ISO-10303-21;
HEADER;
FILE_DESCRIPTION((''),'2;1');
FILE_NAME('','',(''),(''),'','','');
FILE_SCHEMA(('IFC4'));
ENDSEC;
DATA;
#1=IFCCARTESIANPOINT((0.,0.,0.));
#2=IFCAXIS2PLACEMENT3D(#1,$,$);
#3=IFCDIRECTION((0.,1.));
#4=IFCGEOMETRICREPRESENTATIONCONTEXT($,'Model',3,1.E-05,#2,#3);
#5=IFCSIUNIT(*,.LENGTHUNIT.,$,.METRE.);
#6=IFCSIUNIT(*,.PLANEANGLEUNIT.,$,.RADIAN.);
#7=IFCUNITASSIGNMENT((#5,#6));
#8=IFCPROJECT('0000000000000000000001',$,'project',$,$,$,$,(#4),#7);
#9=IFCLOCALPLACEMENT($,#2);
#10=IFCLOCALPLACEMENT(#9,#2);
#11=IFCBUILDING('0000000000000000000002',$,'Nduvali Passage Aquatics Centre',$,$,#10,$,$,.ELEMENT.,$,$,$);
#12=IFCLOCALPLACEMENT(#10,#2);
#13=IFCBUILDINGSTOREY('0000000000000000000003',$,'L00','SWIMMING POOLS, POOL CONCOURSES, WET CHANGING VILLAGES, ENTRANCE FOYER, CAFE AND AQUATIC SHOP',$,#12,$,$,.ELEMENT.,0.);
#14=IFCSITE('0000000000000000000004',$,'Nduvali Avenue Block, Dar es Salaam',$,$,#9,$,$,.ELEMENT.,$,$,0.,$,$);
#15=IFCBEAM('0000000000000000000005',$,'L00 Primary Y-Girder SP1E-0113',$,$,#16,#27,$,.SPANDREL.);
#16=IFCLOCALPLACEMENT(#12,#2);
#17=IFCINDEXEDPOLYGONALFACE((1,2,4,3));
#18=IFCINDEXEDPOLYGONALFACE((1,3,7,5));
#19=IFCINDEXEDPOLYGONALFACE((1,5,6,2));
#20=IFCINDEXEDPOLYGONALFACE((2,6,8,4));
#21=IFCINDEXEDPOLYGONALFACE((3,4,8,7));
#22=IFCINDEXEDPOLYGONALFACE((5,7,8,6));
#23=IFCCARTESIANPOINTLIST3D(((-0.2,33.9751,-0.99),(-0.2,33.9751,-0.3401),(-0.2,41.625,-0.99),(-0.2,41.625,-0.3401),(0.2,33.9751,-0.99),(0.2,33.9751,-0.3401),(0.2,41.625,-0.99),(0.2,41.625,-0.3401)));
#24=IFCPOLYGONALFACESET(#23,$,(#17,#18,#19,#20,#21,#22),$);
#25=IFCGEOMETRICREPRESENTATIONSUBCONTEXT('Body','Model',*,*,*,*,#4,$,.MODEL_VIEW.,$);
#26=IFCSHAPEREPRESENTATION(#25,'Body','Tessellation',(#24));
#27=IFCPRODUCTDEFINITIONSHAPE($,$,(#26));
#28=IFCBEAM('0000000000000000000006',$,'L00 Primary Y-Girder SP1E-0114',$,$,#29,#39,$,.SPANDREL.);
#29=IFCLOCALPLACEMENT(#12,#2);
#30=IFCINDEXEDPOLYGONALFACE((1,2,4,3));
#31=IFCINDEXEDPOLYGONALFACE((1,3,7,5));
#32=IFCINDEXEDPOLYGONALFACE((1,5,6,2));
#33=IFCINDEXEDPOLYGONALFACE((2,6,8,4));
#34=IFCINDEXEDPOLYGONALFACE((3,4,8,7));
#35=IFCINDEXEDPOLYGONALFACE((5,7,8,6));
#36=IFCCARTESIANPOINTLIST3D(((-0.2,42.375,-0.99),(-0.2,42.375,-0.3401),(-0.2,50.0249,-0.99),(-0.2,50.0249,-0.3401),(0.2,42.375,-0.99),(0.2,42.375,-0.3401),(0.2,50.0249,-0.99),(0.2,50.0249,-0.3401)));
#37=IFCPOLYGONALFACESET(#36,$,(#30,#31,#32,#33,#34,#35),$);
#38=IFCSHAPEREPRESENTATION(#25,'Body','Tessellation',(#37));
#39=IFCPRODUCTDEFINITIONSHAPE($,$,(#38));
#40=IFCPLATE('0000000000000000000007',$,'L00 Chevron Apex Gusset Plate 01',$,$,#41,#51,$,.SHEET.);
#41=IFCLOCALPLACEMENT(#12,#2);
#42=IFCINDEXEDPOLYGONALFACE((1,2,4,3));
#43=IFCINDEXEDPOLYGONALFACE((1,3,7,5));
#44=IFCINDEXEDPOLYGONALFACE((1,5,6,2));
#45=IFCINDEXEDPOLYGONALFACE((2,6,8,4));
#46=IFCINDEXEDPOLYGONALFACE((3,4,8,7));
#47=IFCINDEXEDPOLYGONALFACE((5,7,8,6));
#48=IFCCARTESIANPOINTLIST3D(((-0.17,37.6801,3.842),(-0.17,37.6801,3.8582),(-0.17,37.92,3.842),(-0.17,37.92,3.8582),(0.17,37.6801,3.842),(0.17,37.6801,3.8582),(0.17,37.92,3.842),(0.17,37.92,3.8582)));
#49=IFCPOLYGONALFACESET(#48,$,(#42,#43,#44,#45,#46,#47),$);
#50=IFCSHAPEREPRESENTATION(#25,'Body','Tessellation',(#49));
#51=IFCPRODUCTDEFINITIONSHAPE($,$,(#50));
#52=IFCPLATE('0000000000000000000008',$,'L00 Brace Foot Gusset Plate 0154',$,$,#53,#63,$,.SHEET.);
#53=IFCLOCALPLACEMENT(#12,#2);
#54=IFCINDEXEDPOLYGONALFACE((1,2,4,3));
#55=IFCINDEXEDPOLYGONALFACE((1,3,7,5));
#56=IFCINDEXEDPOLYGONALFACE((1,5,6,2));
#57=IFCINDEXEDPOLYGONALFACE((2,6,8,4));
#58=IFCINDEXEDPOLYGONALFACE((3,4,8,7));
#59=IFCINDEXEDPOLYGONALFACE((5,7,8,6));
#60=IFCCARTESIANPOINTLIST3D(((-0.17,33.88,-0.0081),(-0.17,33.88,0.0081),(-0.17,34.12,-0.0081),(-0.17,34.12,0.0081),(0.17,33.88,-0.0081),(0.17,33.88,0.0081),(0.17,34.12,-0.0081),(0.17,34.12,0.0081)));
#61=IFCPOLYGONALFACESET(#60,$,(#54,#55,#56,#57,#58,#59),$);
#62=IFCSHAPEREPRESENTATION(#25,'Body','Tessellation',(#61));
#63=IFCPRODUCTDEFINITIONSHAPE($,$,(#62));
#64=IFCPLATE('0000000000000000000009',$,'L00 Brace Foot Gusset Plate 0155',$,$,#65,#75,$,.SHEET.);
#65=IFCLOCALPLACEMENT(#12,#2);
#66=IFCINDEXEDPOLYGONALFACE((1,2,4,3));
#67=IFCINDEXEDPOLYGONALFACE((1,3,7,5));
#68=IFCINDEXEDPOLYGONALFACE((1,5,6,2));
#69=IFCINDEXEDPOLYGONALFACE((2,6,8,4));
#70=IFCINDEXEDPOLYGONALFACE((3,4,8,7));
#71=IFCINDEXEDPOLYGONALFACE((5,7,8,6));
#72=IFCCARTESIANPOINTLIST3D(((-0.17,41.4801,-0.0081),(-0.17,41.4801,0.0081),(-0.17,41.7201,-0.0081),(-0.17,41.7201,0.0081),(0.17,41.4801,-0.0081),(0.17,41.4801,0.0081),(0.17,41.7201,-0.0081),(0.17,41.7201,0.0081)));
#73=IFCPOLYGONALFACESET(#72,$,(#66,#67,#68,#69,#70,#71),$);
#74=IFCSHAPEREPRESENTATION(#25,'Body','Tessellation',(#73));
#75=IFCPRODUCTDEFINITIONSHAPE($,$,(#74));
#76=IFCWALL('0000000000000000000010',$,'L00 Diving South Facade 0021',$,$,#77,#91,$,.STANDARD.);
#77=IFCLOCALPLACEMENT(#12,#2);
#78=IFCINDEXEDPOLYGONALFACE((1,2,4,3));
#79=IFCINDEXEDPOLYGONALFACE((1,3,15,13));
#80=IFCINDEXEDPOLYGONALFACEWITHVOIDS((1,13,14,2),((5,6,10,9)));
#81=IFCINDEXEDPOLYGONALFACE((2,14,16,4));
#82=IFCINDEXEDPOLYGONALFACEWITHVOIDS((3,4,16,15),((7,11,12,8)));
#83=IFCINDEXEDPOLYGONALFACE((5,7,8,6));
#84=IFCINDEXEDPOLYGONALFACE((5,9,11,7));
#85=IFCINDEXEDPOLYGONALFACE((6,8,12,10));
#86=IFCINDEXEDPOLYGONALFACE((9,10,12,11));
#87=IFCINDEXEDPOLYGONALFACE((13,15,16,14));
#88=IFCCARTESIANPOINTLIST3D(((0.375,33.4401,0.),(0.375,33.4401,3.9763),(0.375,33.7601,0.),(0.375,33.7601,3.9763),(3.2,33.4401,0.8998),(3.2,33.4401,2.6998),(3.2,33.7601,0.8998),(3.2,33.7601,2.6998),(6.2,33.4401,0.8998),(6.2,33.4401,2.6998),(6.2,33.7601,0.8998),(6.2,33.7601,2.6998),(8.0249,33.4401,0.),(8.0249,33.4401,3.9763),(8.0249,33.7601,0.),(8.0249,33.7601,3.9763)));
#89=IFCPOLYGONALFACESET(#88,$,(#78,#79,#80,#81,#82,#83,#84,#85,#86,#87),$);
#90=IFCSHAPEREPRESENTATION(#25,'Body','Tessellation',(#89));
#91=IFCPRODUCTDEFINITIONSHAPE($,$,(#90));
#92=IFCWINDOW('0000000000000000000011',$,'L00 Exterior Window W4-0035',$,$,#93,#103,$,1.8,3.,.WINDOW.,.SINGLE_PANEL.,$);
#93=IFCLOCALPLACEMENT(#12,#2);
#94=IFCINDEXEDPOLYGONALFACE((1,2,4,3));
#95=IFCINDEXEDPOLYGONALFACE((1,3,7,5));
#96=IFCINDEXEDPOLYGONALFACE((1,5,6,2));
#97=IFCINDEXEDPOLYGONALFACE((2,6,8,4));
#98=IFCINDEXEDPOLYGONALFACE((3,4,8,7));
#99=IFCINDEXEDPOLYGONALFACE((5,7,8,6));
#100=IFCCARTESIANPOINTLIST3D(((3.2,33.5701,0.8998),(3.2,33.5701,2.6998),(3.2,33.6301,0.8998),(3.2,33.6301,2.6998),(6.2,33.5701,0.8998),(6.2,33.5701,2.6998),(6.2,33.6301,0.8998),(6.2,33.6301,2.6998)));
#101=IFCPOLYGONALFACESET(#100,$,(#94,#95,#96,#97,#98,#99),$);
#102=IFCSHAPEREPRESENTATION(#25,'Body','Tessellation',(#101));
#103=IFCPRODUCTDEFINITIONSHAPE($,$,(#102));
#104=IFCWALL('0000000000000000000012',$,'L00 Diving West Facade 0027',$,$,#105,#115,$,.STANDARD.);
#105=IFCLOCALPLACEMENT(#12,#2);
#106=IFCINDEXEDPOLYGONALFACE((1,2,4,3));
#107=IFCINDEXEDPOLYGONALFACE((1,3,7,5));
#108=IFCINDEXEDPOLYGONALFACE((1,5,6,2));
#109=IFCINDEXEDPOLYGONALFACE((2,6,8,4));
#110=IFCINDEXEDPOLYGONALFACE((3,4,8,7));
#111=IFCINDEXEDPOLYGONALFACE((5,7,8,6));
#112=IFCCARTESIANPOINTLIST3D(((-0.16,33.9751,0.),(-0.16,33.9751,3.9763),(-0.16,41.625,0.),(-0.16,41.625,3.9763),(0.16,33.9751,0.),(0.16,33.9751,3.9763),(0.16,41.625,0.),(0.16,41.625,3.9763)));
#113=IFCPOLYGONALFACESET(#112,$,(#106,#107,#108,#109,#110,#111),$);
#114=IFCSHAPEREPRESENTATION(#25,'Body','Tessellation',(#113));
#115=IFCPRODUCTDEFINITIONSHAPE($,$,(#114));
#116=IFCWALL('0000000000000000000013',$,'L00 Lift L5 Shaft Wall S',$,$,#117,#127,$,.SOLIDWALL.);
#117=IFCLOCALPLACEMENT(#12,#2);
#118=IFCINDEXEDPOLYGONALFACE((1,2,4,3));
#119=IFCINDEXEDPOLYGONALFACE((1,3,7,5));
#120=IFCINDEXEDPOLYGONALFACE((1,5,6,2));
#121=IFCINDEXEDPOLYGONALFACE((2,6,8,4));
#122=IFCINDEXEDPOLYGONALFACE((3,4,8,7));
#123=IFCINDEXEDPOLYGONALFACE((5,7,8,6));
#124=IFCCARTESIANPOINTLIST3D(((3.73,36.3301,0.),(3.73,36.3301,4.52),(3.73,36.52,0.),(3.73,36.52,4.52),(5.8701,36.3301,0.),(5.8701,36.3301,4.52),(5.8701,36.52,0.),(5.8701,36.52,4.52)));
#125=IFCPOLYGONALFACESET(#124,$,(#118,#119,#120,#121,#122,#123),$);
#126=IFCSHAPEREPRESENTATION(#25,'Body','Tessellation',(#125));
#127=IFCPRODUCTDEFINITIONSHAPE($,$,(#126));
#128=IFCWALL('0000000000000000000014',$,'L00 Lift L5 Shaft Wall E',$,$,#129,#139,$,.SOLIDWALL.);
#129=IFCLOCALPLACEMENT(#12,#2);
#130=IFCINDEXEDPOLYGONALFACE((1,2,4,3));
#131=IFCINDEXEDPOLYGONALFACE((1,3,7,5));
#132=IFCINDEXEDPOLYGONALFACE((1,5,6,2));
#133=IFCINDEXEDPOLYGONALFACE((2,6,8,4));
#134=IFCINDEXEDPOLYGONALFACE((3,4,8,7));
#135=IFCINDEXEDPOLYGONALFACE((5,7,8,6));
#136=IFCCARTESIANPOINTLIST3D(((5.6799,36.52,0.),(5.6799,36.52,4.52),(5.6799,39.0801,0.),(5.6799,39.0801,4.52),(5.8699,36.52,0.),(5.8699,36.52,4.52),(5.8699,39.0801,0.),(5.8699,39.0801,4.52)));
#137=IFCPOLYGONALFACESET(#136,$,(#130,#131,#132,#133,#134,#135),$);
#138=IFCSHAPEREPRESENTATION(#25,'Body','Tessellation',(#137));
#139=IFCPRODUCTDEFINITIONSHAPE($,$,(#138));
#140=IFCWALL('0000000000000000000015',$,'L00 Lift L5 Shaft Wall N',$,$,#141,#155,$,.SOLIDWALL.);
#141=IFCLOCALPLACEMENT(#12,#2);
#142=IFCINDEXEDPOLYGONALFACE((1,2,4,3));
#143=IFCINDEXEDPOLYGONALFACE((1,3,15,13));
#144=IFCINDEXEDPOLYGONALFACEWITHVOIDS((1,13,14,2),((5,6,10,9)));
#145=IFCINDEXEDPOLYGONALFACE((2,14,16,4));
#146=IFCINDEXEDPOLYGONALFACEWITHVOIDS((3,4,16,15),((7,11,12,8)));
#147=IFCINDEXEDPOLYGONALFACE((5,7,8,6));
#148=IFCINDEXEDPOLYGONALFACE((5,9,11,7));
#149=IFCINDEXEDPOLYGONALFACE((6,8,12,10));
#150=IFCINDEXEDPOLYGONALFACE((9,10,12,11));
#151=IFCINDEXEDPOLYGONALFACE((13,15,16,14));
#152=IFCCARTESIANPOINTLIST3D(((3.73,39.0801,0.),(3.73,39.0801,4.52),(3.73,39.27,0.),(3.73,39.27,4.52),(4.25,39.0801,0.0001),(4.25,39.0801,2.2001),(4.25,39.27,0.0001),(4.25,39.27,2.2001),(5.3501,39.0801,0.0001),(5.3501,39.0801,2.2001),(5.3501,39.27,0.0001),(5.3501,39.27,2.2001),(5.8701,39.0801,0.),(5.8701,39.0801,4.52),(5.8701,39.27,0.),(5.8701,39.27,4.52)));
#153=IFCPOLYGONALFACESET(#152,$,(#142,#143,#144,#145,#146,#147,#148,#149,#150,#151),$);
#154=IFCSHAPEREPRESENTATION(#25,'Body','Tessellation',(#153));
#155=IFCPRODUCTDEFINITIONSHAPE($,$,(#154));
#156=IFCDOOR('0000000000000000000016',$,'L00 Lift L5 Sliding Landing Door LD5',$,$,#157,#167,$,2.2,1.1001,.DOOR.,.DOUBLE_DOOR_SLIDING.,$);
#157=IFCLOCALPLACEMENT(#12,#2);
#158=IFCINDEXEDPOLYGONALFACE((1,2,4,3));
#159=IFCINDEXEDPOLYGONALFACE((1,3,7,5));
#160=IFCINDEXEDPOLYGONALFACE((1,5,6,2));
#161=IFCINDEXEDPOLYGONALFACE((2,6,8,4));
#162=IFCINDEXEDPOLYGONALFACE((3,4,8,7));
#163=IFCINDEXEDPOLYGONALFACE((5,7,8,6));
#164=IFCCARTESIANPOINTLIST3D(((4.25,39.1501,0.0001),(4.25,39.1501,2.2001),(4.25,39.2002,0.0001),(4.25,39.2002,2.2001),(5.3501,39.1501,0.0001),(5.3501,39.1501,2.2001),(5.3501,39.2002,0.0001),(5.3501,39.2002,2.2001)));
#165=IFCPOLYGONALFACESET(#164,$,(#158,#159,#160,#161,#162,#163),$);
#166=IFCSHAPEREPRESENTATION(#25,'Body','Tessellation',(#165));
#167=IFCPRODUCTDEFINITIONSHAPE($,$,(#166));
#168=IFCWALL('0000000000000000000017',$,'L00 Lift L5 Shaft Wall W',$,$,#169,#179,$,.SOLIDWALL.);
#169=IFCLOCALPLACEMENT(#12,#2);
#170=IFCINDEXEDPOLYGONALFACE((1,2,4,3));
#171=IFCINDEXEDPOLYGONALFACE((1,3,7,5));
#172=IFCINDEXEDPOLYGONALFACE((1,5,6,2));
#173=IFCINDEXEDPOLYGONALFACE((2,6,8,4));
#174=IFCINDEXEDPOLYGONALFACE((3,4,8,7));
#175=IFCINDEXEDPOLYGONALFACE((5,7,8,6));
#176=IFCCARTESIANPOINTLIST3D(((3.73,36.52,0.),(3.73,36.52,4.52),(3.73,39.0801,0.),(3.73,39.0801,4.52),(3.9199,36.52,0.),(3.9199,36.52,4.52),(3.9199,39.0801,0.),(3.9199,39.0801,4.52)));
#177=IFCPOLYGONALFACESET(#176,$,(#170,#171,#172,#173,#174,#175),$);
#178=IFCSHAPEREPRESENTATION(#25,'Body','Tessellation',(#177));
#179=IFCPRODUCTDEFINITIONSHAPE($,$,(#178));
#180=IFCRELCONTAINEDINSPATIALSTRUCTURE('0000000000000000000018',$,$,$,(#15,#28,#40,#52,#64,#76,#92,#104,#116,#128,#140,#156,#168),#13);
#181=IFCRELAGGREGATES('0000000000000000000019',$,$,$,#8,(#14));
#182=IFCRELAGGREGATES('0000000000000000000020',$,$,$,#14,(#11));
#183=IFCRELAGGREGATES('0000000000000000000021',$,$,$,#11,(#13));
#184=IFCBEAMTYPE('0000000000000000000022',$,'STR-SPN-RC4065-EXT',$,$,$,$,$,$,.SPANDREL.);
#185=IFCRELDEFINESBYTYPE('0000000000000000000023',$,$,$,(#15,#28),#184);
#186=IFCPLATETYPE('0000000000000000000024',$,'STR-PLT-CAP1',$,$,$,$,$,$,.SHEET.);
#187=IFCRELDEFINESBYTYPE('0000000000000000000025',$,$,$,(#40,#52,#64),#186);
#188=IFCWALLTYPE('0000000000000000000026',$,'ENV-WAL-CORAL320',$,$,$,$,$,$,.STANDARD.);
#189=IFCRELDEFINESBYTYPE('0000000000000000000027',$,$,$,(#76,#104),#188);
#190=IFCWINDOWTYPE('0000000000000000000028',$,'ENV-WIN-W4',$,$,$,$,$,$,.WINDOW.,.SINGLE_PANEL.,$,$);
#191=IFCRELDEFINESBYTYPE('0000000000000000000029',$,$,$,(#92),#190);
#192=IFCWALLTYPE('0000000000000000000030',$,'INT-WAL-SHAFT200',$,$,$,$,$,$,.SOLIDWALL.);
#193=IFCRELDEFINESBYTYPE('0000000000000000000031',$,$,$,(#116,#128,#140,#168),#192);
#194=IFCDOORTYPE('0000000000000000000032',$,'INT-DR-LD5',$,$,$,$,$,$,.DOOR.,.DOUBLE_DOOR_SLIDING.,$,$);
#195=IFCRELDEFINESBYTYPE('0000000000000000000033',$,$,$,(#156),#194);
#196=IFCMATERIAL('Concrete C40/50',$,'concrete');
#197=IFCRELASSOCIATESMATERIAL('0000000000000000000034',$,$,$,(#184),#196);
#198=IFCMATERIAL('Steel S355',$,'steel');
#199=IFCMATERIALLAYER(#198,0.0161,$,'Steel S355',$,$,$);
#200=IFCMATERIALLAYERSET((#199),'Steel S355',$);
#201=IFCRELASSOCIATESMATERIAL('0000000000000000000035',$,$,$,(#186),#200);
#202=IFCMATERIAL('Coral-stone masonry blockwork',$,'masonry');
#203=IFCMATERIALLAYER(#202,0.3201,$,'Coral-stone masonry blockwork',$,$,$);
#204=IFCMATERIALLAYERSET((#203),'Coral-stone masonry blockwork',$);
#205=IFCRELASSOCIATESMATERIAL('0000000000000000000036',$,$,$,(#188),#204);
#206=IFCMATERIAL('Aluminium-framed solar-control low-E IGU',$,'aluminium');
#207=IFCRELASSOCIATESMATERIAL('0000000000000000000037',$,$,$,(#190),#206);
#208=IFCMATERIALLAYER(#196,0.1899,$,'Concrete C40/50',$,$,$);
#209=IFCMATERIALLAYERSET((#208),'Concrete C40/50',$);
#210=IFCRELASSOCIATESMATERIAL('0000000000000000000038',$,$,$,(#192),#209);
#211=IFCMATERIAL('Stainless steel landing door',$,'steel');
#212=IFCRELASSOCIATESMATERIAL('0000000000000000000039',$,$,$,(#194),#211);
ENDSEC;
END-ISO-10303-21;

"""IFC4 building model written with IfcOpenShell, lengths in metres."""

from ifc_helpers import new_model, si_unit, direction, frame, frame_2d, origin, origin_2d, place, context, subcontext, project, spatial, rectangle, extrude, material, layer, layer_set, material_profile, profile_set, type_object, element, fill, save


model = new_model("IFC4")

# Units and contexts
model_context = context("Model", 3, precision=1e-05, world=origin(), true_north=direction((0.0, 1.0)))
body_context = subcontext(model_context, "Body", "Model", "MODEL_VIEW")
ifc_project = project(units=[si_unit("LENGTHUNIT", "METRE"), si_unit("PLANEANGLEUNIT", "RADIAN")], contexts=[model_context])

# Site, building, storey
site_placement = place(None, origin())
site = spatial("IfcSite", under=ifc_project, at=site_placement, Name="Nduvali Avenue Block, Dar es Salaam", CompositionType="ELEMENT", RefElevation=0.0)
building_placement = place(site_placement, origin())
building = spatial("IfcBuilding", under=site, at=building_placement, Name="Nduvali Passage Aquatics Centre", CompositionType="ELEMENT")
storey_placement = place(building_placement, origin())
storey = spatial("IfcBuildingStorey", under=building, at=storey_placement, Name="L00", Description="SWIMMING POOLS, POOL CONCOURSES, WET CHANGING VILLAGES, ENTRANCE FOYER, CAFE AND AQUATIC SHOP", CompositionType="ELEMENT", Elevation=0.0)

# Shared definitions
ifc_material_1 = material(Name="Concrete C40/50", Category="concrete")

# Shared definitions
ifc_material_2 = material(Name="Steel S355", Category="steel")

# Beams
ifc_material_profile_1 = material_profile(ifc_material_1, rectangle(XDim=0.3999, YDim=0.6499, at=origin_2d()), Name="RC 400x650")
ifc_profile_set_1 = profile_set([ifc_material_profile_1], Name="Concrete C40/50")
beam_type_1 = type_object("IfcBeamType", Name="STR-SPN-RC4065-EXT", PredefinedType="SPANDREL", material=ifc_profile_set_1)
for number, where, z_axis, x_axis, name in (
    (1, (0.0, 33.9751, -0.665), (0.0, 1.0, 0.0), (-1.0, 0.0, 0.0), "L00 Primary Y-Girder SP1E-0113"),
    (2, (0.0, 42.375, -0.665), (0.0, 1.0, 0.0), (-1.0, 0.0, 0.0), "L00 Primary Y-Girder SP1E-0114"),
):
    element("IfcBeam", number, at=place(storey_placement, frame(where, z_axis=z_axis, x_axis=x_axis)), inside=storey, type_object=beam_type_1, Name=name, PredefinedType="SPANDREL", context=body_context, shape_type="SweptSolid", body=[
        extrude(rectangle(XDim=0.3999, YDim=0.6499, at=origin_2d()), origin(), (0.0, 0.0, 1.0), 7.6499),
    ])

# Plates
ifc_layer_1 = layer(ifc_material_2, 0.0161, Name="Steel S355")
ifc_layer_set_1 = layer_set([ifc_layer_1], Name="Steel S355")
plate_type = type_object("IfcPlateType", Name="STR-PLT-CAP1", PredefinedType="SHEET", material=ifc_layer_set_1)
for number, where, z_axis, x_axis, name in (
    (3, (0.0, 37.8, 3.842), (0.0, 0.0, 1.0), (1.0, 0.0, 0.0), "L00 Chevron Apex Gusset Plate 01"),
    (4, (0.0, 34.0, -0.0081), (0.0, 0.0, 1.0), (1.0, 0.0, 0.0), "L00 Brace Foot Gusset Plate 0154"),
    (5, (0.0, 41.6001, -0.0081), (0.0, 0.0, 1.0), (1.0, 0.0, 0.0), "L00 Brace Foot Gusset Plate 0155"),
):
    element("IfcPlate", number, at=place(storey_placement, frame(where, z_axis=z_axis, x_axis=x_axis)), inside=storey, type_object=plate_type, Name=name, PredefinedType="SHEET", context=body_context, shape_type="SweptSolid", body=[
        extrude(rectangle(XDim=0.3401, YDim=0.24, at=origin_2d()), origin(), (0.0, 0.0, 1.0), 0.0161),
    ])

# Wall, opening, window
ifc_material_3 = material(Name="Coral-stone masonry blockwork", Category="masonry")
ifc_layer_2 = layer(ifc_material_3, 0.3201, Name="Coral-stone masonry blockwork")
ifc_layer_set_2 = layer_set([ifc_layer_2], Name="Coral-stone masonry blockwork")
wall_type_1 = type_object("IfcWallType", Name="ENV-WAL-CORAL320", PredefinedType="STANDARD", material=ifc_layer_set_2)
wall_1_placement = place(storey_placement, frame((0.375, 33.6001, 0.0), z_axis=(0.0, 0.0, 1.0), x_axis=(1.0, 0.0, 0.0)))
wall_1 = element("IfcWall", 6, at=wall_1_placement, inside=storey, type_object=wall_type_1, Name="L00 Diving South Facade 0021", PredefinedType="STANDARD", context=body_context, shape_type="SweptSolid", body=[
    extrude(rectangle(XDim=7.6499, YDim=0.3201, at=frame_2d((3.825, 0.0))), origin(), (0.0, 0.0, 1.0), 3.9763),
])
opening_1_placement = place(wall_1_placement, frame((2.825, 0.0, 0.8999)))
opening_1 = element("IfcOpeningElement", 7, at=opening_1_placement, cuts=wall_1, PredefinedType="OPENING", context=body_context, shape_type="SweptSolid", body=[
    extrude(rectangle(XDim=3.0, YDim=1.8, at=frame_2d((1.5, 0.8999))), frame((0.0, 0.1748, 0.0), z_axis=(0.0, -1.0, 0.0), x_axis=(1.0, 0.0, 0.0)), (0.0, 0.0, 1.0), 0.3499),
])
ifc_material_4 = material(Name="Aluminium-framed solar-control low-E IGU", Category="aluminium")
window_type = type_object("IfcWindowType", Name="ENV-WIN-W4", PartitioningType="SINGLE_PANEL", PredefinedType="WINDOW", material=ifc_material_4)
window_placement = place(opening_1_placement, origin())
window = element("IfcWindow", 8, at=window_placement, inside=storey, type_object=window_type, Name="L00 Exterior Window W4-0035", OverallHeight=1.8, OverallWidth=3.0, PartitioningType="SINGLE_PANEL", PredefinedType="WINDOW", context=body_context, shape_type="SweptSolid", body=[
    extrude(rectangle(XDim=3.0, YDim=1.8, at=frame_2d((1.5, 0.8999))), frame((0.0, 0.03, 0.0), z_axis=(0.0, -1.0, 0.0), x_axis=(1.0, 0.0, 0.0)), (0.0, 0.0, 1.0), 0.0601),
])
fill(opening_1, window)

# Walls
wall_2_placement = place(storey_placement, frame((0.0, 41.625, 0.0), z_axis=(0.0, 0.0, 1.0), x_axis=(0.0, -1.0, 0.0)))
element("IfcWall", 9, at=wall_2_placement, inside=storey, type_object=wall_type_1, Name="L00 Diving West Facade 0027", PredefinedType="STANDARD", context=body_context, shape_type="SweptSolid", body=[
    extrude(rectangle(XDim=7.6499, YDim=0.3201, at=frame_2d((3.825, 0.0))), origin(), (0.0, 0.0, 1.0), 3.9763),
])
ifc_layer_3 = layer(ifc_material_1, 0.1899, Name="Concrete C40/50")
ifc_layer_set_3 = layer_set([ifc_layer_3], Name="Concrete C40/50")
wall_type_2 = type_object("IfcWallType", Name="INT-WAL-SHAFT200", PredefinedType="SOLIDWALL", material=ifc_layer_set_3)
wall_3_placement = place(storey_placement, frame((3.73, 36.425, 0.0), z_axis=(0.0, 0.0, 1.0), x_axis=(1.0, 0.0, 0.0)))
element("IfcWall", 10, at=wall_3_placement, inside=storey, type_object=wall_type_2, Name="L00 Lift L5 Shaft Wall S", PredefinedType="SOLIDWALL", context=body_context, shape_type="SweptSolid", body=[
    extrude(rectangle(XDim=2.1401, YDim=0.1899, at=frame_2d((1.0701, 0.0))), origin(), (0.0, 0.0, 1.0), 4.52),
])
wall_4_placement = place(storey_placement, frame((5.7749, 36.52, 0.0), z_axis=(0.0, 0.0, 1.0), x_axis=(0.0, 1.0, 0.0)))
element("IfcWall", 11, at=wall_4_placement, inside=storey, type_object=wall_type_2, Name="L00 Lift L5 Shaft Wall E", PredefinedType="SOLIDWALL", context=body_context, shape_type="SweptSolid", body=[
    extrude(rectangle(XDim=2.5601, YDim=0.1899, at=frame_2d((1.28, 0.0))), origin(), (0.0, 0.0, 1.0), 4.52),
])

# Wall, opening, door
wall_5_placement = place(storey_placement, frame((5.8701, 39.175, 0.0), z_axis=(0.0, 0.0, 1.0), x_axis=(-1.0, 0.0, 0.0)))
wall_5 = element("IfcWall", 12, at=wall_5_placement, inside=storey, type_object=wall_type_2, Name="L00 Lift L5 Shaft Wall N", PredefinedType="SOLIDWALL", context=body_context, shape_type="SweptSolid", body=[
    extrude(rectangle(XDim=2.1401, YDim=0.1899, at=frame_2d((1.0701, 0.0))), origin(), (0.0, 0.0, 1.0), 4.52),
])
opening_2_placement = place(wall_5_placement, frame((0.52, 0.0, 0.0)))
opening_2 = element("IfcOpeningElement", 13, at=opening_2_placement, cuts=wall_5, PredefinedType="OPENING", context=body_context, shape_type="SweptSolid", body=[
    extrude(rectangle(XDim=1.1001, YDim=2.2, at=frame_2d((0.55, 1.1001))), frame((0.0, 0.1099, 0.0), z_axis=(0.0, -1.0, 0.0), x_axis=(1.0, 0.0, 0.0)), (0.0, 0.0, 1.0), 0.2197),
])
ifc_material_5 = material(Name="Stainless steel landing door", Category="steel")
door_type = type_object("IfcDoorType", Name="INT-DR-LD5", OperationType="DOUBLE_DOOR_SLIDING", PredefinedType="DOOR", material=ifc_material_5)
door_placement = place(opening_2_placement, origin())
door = element("IfcDoor", 14, at=door_placement, inside=storey, type_object=door_type, Name="L00 Lift L5 Sliding Landing Door LD5", OperationType="DOUBLE_DOOR_SLIDING", OverallHeight=2.2, OverallWidth=1.1001, PredefinedType="DOOR", context=body_context, shape_type="SweptSolid", body=[
    extrude(rectangle(XDim=1.1001, YDim=2.2, at=frame_2d((0.55, 1.1001))), frame((0.0, 0.0249, 0.0), z_axis=(0.0, -1.0, 0.0), x_axis=(1.0, 0.0, 0.0)), (0.0, 0.0, 1.0), 0.05),
])
fill(opening_2, door)

# Wall
wall_6_placement = place(storey_placement, frame((3.825, 39.0801, 0.0), z_axis=(0.0, 0.0, 1.0), x_axis=(0.0, -1.0, 0.0)))
element("IfcWall", 15, at=wall_6_placement, inside=storey, type_object=wall_type_2, Name="L00 Lift L5 Shaft Wall W", PredefinedType="SOLIDWALL", context=body_context, shape_type="SweptSolid", body=[
    extrude(rectangle(XDim=2.5601, YDim=0.1899, at=frame_2d((1.28, 0.0))), origin(), (0.0, 0.0, 1.0), 4.52),
])

save(model, "model.ifc")
